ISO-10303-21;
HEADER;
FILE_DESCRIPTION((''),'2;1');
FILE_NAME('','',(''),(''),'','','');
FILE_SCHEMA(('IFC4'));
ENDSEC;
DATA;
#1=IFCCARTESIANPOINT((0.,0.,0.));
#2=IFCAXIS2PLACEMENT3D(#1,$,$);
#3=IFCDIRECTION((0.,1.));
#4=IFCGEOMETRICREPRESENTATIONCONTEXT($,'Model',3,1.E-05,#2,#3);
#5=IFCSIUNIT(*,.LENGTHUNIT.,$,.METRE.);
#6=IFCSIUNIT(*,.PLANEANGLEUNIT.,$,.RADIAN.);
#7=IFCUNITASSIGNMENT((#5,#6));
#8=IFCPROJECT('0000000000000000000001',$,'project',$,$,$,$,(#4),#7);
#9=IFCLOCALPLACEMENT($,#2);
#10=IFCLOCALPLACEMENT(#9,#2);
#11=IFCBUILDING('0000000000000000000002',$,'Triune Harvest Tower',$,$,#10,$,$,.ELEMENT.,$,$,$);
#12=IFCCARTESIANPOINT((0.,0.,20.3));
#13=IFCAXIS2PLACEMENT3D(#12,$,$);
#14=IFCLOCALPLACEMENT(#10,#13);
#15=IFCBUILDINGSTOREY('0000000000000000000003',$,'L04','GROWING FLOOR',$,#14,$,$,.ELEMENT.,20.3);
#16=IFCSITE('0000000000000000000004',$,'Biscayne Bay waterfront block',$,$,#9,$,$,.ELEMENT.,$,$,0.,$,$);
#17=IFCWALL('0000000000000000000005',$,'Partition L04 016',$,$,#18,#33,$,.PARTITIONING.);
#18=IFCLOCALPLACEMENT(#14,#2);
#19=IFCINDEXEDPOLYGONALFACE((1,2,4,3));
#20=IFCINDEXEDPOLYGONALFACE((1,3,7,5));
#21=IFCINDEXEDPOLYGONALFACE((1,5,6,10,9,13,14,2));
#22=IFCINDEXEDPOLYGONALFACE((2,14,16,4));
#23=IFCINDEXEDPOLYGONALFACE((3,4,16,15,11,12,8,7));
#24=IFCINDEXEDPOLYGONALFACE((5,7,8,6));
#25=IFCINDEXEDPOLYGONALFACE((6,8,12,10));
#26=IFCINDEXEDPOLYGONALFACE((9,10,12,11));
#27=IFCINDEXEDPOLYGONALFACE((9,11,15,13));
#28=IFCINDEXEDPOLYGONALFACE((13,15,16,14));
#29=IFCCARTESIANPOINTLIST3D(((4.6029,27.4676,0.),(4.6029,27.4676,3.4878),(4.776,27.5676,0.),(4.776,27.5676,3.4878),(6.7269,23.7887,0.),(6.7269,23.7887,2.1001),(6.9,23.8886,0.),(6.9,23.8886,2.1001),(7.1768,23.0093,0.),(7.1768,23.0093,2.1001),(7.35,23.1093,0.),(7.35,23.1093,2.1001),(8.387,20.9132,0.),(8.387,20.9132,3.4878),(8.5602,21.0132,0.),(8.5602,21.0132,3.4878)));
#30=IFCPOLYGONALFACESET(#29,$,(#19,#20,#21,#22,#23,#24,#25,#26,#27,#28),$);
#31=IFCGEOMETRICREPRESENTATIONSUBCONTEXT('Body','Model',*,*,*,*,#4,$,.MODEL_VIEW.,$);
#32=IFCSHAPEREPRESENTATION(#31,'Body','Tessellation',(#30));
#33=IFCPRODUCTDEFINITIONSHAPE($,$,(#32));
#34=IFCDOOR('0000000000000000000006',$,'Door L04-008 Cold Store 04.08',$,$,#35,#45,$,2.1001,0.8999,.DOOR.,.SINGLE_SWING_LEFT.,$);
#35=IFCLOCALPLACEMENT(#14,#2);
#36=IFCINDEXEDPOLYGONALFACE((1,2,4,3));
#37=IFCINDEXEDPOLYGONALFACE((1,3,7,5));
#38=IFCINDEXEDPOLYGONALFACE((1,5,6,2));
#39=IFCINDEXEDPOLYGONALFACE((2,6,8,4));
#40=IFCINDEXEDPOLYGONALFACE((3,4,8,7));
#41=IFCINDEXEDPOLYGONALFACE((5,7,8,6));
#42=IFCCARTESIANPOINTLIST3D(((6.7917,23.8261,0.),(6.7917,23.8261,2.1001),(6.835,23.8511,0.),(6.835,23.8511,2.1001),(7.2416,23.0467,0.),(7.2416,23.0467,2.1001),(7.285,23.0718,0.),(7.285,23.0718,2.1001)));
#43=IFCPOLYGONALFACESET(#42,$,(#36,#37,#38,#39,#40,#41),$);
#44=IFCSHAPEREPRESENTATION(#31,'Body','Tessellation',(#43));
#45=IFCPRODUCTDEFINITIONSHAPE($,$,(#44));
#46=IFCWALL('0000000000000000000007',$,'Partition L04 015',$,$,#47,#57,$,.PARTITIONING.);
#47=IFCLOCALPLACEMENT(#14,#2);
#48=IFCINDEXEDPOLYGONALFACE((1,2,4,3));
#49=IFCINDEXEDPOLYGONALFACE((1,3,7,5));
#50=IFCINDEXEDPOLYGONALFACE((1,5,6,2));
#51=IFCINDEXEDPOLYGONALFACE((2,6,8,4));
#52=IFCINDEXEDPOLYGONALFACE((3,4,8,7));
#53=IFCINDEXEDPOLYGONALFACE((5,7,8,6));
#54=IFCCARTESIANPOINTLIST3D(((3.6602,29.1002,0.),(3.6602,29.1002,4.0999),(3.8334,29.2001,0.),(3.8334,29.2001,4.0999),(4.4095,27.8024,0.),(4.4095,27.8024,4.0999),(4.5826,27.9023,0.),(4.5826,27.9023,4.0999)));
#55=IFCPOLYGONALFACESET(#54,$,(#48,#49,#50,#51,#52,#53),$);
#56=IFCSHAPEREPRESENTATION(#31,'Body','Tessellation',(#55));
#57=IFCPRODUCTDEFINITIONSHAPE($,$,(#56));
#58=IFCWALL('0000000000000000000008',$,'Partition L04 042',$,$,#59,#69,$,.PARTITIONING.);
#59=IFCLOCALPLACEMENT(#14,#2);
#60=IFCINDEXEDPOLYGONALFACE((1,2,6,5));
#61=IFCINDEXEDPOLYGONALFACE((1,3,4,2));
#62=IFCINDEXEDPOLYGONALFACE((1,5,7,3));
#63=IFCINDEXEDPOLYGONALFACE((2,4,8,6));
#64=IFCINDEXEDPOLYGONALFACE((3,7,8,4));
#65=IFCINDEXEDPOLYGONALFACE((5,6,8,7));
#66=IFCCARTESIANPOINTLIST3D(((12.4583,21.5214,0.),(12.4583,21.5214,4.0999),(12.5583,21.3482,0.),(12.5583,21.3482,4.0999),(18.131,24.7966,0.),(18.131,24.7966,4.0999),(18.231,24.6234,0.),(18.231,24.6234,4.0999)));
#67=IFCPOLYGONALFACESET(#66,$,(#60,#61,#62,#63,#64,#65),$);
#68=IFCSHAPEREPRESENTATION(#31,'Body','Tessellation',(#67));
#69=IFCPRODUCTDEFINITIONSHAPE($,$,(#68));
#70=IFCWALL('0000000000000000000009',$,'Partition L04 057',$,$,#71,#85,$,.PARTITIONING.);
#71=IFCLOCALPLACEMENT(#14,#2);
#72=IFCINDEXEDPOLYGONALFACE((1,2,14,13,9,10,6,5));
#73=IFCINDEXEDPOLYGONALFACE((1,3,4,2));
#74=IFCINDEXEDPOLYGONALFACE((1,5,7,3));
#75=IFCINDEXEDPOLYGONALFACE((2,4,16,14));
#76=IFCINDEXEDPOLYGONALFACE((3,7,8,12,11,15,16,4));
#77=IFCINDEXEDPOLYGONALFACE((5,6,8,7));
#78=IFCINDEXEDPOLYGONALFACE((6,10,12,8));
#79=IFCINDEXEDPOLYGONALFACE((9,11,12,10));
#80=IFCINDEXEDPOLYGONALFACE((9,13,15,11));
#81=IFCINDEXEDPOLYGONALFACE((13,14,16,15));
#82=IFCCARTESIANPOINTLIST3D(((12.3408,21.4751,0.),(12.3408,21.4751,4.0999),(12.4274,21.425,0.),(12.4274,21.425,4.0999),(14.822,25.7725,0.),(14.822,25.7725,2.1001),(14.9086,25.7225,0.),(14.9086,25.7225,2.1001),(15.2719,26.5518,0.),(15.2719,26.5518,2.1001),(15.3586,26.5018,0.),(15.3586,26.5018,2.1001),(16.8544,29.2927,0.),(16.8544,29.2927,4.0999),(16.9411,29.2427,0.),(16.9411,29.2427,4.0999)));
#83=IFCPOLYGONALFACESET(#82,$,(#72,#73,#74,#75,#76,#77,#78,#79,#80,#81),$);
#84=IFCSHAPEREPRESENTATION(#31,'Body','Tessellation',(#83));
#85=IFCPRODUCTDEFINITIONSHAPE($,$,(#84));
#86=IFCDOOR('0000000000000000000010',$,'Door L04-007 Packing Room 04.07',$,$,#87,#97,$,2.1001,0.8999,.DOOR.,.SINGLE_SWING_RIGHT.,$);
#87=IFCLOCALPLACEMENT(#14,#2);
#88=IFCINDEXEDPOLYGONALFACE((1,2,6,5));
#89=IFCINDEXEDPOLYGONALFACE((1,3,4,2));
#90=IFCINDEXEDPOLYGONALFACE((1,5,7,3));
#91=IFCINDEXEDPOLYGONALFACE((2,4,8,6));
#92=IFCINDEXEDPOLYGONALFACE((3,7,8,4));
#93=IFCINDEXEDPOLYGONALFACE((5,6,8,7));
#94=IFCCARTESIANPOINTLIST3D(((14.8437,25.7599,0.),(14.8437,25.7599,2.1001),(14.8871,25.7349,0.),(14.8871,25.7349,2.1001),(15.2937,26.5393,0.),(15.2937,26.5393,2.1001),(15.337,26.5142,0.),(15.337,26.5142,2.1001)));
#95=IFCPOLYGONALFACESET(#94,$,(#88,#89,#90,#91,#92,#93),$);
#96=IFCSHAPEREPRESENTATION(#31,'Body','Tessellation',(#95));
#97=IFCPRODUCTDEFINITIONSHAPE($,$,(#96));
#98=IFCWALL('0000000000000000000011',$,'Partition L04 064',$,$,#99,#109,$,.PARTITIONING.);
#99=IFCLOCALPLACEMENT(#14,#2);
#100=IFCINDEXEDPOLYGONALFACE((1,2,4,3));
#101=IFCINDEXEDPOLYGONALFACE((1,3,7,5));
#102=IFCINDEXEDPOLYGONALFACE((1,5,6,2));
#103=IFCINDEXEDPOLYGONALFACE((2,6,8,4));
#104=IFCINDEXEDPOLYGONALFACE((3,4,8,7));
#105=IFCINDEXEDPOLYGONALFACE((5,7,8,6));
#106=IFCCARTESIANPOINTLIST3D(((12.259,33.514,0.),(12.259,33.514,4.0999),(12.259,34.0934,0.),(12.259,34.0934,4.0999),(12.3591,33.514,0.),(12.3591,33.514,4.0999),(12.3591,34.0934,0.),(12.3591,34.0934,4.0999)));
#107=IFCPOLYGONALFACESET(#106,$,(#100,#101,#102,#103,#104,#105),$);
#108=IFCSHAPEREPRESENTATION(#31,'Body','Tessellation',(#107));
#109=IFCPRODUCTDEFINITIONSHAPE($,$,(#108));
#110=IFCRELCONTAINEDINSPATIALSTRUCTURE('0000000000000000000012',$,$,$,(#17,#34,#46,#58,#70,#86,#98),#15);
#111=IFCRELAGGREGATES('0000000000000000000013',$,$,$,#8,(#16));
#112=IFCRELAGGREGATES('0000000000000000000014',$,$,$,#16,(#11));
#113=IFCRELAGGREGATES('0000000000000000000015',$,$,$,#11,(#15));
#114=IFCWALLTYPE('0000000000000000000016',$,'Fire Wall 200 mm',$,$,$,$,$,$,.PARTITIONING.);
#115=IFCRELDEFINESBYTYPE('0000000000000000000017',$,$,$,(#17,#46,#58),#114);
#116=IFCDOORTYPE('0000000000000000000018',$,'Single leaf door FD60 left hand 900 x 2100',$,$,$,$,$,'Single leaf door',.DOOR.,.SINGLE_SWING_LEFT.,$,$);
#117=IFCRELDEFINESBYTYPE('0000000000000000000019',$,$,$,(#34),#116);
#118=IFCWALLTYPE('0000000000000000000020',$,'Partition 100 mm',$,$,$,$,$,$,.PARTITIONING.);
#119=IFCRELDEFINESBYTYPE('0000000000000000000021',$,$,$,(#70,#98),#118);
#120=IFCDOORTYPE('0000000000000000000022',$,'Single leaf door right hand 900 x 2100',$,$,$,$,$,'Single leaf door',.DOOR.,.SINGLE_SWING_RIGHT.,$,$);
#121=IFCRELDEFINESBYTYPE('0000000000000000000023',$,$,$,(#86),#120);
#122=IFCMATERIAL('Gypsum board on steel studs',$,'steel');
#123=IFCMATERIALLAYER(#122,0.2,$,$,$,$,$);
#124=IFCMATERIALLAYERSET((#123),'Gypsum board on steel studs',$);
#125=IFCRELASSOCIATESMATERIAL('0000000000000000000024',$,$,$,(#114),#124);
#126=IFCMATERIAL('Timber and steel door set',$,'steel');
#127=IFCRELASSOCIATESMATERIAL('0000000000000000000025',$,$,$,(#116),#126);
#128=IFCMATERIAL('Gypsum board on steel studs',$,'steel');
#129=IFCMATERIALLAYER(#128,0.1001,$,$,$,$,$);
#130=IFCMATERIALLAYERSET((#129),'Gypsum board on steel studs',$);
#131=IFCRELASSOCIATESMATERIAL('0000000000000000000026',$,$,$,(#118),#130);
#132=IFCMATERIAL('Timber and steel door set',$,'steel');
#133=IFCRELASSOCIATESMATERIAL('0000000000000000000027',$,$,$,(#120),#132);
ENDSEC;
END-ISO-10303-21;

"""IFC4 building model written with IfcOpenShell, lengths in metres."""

from ifc_helpers import new_model, si_unit, direction, frame, frame_2d, origin, place, context, subcontext, project, spatial, rectangle, extrude, source, transform, mapped, material, layer, layer_set, type_object, element, fill, save


model = new_model("IFC4")

# Units and contexts
model_context = context("Model", 3, precision=1e-05, world=origin(), true_north=direction((0.0, 1.0)))
body_context = subcontext(model_context, "Body", "Model", "MODEL_VIEW")
ifc_project = project(units=[si_unit("LENGTHUNIT", "METRE"), si_unit("PLANEANGLEUNIT", "RADIAN")], contexts=[model_context])

# Site, building, storey
site_placement = place(None, origin())
site = spatial("IfcSite", under=ifc_project, at=site_placement, Name="Biscayne Bay waterfront block", CompositionType="ELEMENT", RefElevation=0.0)
building_placement = place(site_placement, origin())
building = spatial("IfcBuilding", under=site, at=building_placement, Name="Triune Harvest Tower", CompositionType="ELEMENT")
storey_placement = place(building_placement, frame((0.0, 0.0, 20.3)))
storey = spatial("IfcBuildingStorey", under=building, at=storey_placement, Name="L04", Description="GROWING FLOOR", CompositionType="ELEMENT", Elevation=20.3)

# Wall, opening, door
ifc_material_1 = material(Name="Gypsum board on steel studs", Category="steel")
ifc_layer_1 = layer(ifc_material_1, 0.2)
ifc_layer_set_1 = layer_set([ifc_layer_1], Name="Gypsum board on steel studs")
wall_type_1 = type_object("IfcWallType", Name="Fire Wall 200 mm", PredefinedType="PARTITIONING", material=ifc_layer_set_1)
shared_shape_1 = source(origin(), body_context, "Body", "SweptSolid", [
    extrude(rectangle(XDim=7.5684, YDim=0.2, at=frame_2d((3.7842, 0.0))), origin(), (0.0, 0.0, 1.0), 3.4878),
])
wall_1_placement = place(storey_placement, frame((4.6895, 27.5176, 0.0), z_axis=(0.0, 0.0, 1.0), x_axis=(0.499997, -0.866027, 0.0)))
wall_1 = element("IfcWall", 1, at=wall_1_placement, inside=storey, type_object=wall_type_1, Name="Partition L04 016", PredefinedType="PARTITIONING", context=body_context, shape_type="MappedRepresentation", body=[
    mapped(shared_shape_1, transform((0.0, 0.0, 0.0), scale=1.0)),
])
opening_1_placement = place(wall_1_placement, frame((4.248, 0.0, 0.0)))
opening_1 = element("IfcOpeningElement", 2, at=opening_1_placement, cuts=wall_1, PredefinedType="OPENING", context=body_context, shape_type="SweptSolid", body=[
    extrude(rectangle(XDim=0.8999, YDim=2.1001, at=frame_2d((0.45, 1.05))), frame((0.0, 0.1099, 0.0), z_axis=(0.0, -1.0, 0.0), x_axis=(1.0, 0.0, 0.0)), (0.0, 0.0, 1.0), 0.22),
])
ifc_material_2 = material(Name="Timber and steel door set", Category="steel")
door_type_1 = type_object("IfcDoorType", Name="Single leaf door FD60 left hand 900 x 2100", ElementType="Single leaf door", OperationType="SINGLE_SWING_LEFT", PredefinedType="DOOR", material=ifc_material_2)
door_1_placement = place(opening_1_placement, origin())
door_1 = element("IfcDoor", 3, at=door_1_placement, inside=storey, type_object=door_type_1, Name="Door L04-008 Cold Store 04.08", OperationType="SINGLE_SWING_LEFT", OverallHeight=2.1001, OverallWidth=0.8999, PredefinedType="DOOR", context=body_context, shape_type="SweptSolid", body=[
    extrude(rectangle(XDim=0.8999, YDim=2.1001, at=frame_2d((0.45, 1.05))), frame((0.0, 0.0249, 0.0), z_axis=(0.0, -1.0, 0.0), x_axis=(1.0, 0.0, 0.0)), (0.0, 0.0, 1.0), 0.05),
])
fill(opening_1, door_1)

# Walls
shared_shape_2 = source(origin(), body_context, "Body", "SweptSolid", [
    extrude(rectangle(XDim=1.4985, YDim=0.2, at=frame_2d((0.7493, 0.0))), origin(), (0.0, 0.0, 1.0), 4.0999),
])
wall_2_placement = place(storey_placement, frame((3.7468, 29.1501, 0.0), z_axis=(0.0, 0.0, 1.0), x_axis=(0.499976, -0.866039, 0.0)))
element("IfcWall", 4, at=wall_2_placement, inside=storey, type_object=wall_type_1, Name="Partition L04 015", PredefinedType="PARTITIONING", context=body_context, shape_type="MappedRepresentation", body=[
    mapped(shared_shape_2, transform((0.0, 0.0, 0.0), scale=1.0)),
])
shared_shape_3 = source(origin(), body_context, "Body", "SweptSolid", [
    extrude(rectangle(XDim=6.5503, YDim=0.2, at=frame_2d((3.2751, 0.0))), origin(), (0.0, 0.0, 1.0), 4.0999),
])
wall_3_placement = place(storey_placement, frame((12.5083, 21.4348, 0.0), z_axis=(0.0, 0.0, 1.0), x_axis=(0.866021, 0.500007, 0.0)))
element("IfcWall", 5, at=wall_3_placement, inside=storey, type_object=wall_type_1, Name="Partition L04 042", PredefinedType="PARTITIONING", context=body_context, shape_type="MappedRepresentation", body=[
    mapped(shared_shape_3, transform((0.0, 0.0, 0.0), scale=1.0)),
])

# Wall, opening, door
ifc_material_3 = material(Name="Gypsum board on steel studs", Category="steel")
ifc_layer_2 = layer(ifc_material_3, 0.1001)
ifc_layer_set_2 = layer_set([ifc_layer_2], Name="Gypsum board on steel studs")
wall_type_2 = type_object("IfcWallType", Name="Partition 100 mm", PredefinedType="PARTITIONING", material=ifc_layer_set_2)
shared_shape_4 = source(origin(), body_context, "Body", "SweptSolid", [
    extrude(rectangle(XDim=9.0271, YDim=0.1001, at=frame_2d((4.5137, 0.0))), origin(), (0.0, 0.0, 1.0), 4.0999),
])
wall_4_placement = place(storey_placement, frame((12.384, 21.45, 0.0), z_axis=(0.0, 0.0, 1.0), x_axis=(0.500014, 0.866018, 0.0)))
wall_4 = element("IfcWall", 6, at=wall_4_placement, inside=storey, type_object=wall_type_2, Name="Partition L04 057", PredefinedType="PARTITIONING", context=body_context, shape_type="MappedRepresentation", body=[
    mapped(shared_shape_4, transform((0.0, 0.0, 0.0), scale=1.0)),
])
opening_2_placement = place(wall_4_placement, frame((4.9624, 0.0, 0.0)))
opening_2 = element("IfcOpeningElement", 7, at=opening_2_placement, cuts=wall_4, PredefinedType="OPENING", context=body_context, shape_type="SweptSolid", body=[
    extrude(rectangle(XDim=0.8999, YDim=2.1001, at=frame_2d((0.45, 1.05))), frame((0.0, 0.0601, 0.0), z_axis=(0.0, -1.0, 0.0), x_axis=(1.0, 0.0, 0.0)), (0.0, 0.0, 1.0), 0.1201),
])
ifc_material_4 = material(Name="Timber and steel door set", Category="steel")
door_type_2 = type_object("IfcDoorType", Name="Single leaf door right hand 900 x 2100", ElementType="Single leaf door", OperationType="SINGLE_SWING_RIGHT", PredefinedType="DOOR", material=ifc_material_4)
door_2_placement = place(opening_2_placement, origin())
door_2 = element("IfcDoor", 8, at=door_2_placement, inside=storey, type_object=door_type_2, Name="Door L04-007 Packing Room 04.07", OperationType="SINGLE_SWING_RIGHT", OverallHeight=2.1001, OverallWidth=0.8999, PredefinedType="DOOR", context=body_context, shape_type="SweptSolid", body=[
    extrude(rectangle(XDim=0.8999, YDim=2.1001, at=frame_2d((0.45, 1.05))), frame((0.0, 0.0249, 0.0), z_axis=(0.0, -1.0, 0.0), x_axis=(1.0, 0.0, 0.0)), (0.0, 0.0, 1.0), 0.05),
])
fill(opening_2, door_2)

# Wall
shared_shape_5 = source(origin(), body_context, "Body", "SweptSolid", [
    extrude(rectangle(XDim=0.5793, YDim=0.1001, at=frame_2d((0.2896, 0.0))), origin(), (0.0, 0.0, 1.0), 4.0999),
])
wall_5_placement = place(storey_placement, frame((12.3091, 33.5142, 0.0), z_axis=(0.0, 0.0, 1.0), x_axis=(0.0, 1.0, 0.0)))
element("IfcWall", 9, at=wall_5_placement, inside=storey, type_object=wall_type_2, Name="Partition L04 064", PredefinedType="PARTITIONING", context=body_context, shape_type="MappedRepresentation", body=[
    mapped(shared_shape_5, transform((0.0, 0.0, 0.0), scale=1.0)),
])

save(model, "model.ifc")
